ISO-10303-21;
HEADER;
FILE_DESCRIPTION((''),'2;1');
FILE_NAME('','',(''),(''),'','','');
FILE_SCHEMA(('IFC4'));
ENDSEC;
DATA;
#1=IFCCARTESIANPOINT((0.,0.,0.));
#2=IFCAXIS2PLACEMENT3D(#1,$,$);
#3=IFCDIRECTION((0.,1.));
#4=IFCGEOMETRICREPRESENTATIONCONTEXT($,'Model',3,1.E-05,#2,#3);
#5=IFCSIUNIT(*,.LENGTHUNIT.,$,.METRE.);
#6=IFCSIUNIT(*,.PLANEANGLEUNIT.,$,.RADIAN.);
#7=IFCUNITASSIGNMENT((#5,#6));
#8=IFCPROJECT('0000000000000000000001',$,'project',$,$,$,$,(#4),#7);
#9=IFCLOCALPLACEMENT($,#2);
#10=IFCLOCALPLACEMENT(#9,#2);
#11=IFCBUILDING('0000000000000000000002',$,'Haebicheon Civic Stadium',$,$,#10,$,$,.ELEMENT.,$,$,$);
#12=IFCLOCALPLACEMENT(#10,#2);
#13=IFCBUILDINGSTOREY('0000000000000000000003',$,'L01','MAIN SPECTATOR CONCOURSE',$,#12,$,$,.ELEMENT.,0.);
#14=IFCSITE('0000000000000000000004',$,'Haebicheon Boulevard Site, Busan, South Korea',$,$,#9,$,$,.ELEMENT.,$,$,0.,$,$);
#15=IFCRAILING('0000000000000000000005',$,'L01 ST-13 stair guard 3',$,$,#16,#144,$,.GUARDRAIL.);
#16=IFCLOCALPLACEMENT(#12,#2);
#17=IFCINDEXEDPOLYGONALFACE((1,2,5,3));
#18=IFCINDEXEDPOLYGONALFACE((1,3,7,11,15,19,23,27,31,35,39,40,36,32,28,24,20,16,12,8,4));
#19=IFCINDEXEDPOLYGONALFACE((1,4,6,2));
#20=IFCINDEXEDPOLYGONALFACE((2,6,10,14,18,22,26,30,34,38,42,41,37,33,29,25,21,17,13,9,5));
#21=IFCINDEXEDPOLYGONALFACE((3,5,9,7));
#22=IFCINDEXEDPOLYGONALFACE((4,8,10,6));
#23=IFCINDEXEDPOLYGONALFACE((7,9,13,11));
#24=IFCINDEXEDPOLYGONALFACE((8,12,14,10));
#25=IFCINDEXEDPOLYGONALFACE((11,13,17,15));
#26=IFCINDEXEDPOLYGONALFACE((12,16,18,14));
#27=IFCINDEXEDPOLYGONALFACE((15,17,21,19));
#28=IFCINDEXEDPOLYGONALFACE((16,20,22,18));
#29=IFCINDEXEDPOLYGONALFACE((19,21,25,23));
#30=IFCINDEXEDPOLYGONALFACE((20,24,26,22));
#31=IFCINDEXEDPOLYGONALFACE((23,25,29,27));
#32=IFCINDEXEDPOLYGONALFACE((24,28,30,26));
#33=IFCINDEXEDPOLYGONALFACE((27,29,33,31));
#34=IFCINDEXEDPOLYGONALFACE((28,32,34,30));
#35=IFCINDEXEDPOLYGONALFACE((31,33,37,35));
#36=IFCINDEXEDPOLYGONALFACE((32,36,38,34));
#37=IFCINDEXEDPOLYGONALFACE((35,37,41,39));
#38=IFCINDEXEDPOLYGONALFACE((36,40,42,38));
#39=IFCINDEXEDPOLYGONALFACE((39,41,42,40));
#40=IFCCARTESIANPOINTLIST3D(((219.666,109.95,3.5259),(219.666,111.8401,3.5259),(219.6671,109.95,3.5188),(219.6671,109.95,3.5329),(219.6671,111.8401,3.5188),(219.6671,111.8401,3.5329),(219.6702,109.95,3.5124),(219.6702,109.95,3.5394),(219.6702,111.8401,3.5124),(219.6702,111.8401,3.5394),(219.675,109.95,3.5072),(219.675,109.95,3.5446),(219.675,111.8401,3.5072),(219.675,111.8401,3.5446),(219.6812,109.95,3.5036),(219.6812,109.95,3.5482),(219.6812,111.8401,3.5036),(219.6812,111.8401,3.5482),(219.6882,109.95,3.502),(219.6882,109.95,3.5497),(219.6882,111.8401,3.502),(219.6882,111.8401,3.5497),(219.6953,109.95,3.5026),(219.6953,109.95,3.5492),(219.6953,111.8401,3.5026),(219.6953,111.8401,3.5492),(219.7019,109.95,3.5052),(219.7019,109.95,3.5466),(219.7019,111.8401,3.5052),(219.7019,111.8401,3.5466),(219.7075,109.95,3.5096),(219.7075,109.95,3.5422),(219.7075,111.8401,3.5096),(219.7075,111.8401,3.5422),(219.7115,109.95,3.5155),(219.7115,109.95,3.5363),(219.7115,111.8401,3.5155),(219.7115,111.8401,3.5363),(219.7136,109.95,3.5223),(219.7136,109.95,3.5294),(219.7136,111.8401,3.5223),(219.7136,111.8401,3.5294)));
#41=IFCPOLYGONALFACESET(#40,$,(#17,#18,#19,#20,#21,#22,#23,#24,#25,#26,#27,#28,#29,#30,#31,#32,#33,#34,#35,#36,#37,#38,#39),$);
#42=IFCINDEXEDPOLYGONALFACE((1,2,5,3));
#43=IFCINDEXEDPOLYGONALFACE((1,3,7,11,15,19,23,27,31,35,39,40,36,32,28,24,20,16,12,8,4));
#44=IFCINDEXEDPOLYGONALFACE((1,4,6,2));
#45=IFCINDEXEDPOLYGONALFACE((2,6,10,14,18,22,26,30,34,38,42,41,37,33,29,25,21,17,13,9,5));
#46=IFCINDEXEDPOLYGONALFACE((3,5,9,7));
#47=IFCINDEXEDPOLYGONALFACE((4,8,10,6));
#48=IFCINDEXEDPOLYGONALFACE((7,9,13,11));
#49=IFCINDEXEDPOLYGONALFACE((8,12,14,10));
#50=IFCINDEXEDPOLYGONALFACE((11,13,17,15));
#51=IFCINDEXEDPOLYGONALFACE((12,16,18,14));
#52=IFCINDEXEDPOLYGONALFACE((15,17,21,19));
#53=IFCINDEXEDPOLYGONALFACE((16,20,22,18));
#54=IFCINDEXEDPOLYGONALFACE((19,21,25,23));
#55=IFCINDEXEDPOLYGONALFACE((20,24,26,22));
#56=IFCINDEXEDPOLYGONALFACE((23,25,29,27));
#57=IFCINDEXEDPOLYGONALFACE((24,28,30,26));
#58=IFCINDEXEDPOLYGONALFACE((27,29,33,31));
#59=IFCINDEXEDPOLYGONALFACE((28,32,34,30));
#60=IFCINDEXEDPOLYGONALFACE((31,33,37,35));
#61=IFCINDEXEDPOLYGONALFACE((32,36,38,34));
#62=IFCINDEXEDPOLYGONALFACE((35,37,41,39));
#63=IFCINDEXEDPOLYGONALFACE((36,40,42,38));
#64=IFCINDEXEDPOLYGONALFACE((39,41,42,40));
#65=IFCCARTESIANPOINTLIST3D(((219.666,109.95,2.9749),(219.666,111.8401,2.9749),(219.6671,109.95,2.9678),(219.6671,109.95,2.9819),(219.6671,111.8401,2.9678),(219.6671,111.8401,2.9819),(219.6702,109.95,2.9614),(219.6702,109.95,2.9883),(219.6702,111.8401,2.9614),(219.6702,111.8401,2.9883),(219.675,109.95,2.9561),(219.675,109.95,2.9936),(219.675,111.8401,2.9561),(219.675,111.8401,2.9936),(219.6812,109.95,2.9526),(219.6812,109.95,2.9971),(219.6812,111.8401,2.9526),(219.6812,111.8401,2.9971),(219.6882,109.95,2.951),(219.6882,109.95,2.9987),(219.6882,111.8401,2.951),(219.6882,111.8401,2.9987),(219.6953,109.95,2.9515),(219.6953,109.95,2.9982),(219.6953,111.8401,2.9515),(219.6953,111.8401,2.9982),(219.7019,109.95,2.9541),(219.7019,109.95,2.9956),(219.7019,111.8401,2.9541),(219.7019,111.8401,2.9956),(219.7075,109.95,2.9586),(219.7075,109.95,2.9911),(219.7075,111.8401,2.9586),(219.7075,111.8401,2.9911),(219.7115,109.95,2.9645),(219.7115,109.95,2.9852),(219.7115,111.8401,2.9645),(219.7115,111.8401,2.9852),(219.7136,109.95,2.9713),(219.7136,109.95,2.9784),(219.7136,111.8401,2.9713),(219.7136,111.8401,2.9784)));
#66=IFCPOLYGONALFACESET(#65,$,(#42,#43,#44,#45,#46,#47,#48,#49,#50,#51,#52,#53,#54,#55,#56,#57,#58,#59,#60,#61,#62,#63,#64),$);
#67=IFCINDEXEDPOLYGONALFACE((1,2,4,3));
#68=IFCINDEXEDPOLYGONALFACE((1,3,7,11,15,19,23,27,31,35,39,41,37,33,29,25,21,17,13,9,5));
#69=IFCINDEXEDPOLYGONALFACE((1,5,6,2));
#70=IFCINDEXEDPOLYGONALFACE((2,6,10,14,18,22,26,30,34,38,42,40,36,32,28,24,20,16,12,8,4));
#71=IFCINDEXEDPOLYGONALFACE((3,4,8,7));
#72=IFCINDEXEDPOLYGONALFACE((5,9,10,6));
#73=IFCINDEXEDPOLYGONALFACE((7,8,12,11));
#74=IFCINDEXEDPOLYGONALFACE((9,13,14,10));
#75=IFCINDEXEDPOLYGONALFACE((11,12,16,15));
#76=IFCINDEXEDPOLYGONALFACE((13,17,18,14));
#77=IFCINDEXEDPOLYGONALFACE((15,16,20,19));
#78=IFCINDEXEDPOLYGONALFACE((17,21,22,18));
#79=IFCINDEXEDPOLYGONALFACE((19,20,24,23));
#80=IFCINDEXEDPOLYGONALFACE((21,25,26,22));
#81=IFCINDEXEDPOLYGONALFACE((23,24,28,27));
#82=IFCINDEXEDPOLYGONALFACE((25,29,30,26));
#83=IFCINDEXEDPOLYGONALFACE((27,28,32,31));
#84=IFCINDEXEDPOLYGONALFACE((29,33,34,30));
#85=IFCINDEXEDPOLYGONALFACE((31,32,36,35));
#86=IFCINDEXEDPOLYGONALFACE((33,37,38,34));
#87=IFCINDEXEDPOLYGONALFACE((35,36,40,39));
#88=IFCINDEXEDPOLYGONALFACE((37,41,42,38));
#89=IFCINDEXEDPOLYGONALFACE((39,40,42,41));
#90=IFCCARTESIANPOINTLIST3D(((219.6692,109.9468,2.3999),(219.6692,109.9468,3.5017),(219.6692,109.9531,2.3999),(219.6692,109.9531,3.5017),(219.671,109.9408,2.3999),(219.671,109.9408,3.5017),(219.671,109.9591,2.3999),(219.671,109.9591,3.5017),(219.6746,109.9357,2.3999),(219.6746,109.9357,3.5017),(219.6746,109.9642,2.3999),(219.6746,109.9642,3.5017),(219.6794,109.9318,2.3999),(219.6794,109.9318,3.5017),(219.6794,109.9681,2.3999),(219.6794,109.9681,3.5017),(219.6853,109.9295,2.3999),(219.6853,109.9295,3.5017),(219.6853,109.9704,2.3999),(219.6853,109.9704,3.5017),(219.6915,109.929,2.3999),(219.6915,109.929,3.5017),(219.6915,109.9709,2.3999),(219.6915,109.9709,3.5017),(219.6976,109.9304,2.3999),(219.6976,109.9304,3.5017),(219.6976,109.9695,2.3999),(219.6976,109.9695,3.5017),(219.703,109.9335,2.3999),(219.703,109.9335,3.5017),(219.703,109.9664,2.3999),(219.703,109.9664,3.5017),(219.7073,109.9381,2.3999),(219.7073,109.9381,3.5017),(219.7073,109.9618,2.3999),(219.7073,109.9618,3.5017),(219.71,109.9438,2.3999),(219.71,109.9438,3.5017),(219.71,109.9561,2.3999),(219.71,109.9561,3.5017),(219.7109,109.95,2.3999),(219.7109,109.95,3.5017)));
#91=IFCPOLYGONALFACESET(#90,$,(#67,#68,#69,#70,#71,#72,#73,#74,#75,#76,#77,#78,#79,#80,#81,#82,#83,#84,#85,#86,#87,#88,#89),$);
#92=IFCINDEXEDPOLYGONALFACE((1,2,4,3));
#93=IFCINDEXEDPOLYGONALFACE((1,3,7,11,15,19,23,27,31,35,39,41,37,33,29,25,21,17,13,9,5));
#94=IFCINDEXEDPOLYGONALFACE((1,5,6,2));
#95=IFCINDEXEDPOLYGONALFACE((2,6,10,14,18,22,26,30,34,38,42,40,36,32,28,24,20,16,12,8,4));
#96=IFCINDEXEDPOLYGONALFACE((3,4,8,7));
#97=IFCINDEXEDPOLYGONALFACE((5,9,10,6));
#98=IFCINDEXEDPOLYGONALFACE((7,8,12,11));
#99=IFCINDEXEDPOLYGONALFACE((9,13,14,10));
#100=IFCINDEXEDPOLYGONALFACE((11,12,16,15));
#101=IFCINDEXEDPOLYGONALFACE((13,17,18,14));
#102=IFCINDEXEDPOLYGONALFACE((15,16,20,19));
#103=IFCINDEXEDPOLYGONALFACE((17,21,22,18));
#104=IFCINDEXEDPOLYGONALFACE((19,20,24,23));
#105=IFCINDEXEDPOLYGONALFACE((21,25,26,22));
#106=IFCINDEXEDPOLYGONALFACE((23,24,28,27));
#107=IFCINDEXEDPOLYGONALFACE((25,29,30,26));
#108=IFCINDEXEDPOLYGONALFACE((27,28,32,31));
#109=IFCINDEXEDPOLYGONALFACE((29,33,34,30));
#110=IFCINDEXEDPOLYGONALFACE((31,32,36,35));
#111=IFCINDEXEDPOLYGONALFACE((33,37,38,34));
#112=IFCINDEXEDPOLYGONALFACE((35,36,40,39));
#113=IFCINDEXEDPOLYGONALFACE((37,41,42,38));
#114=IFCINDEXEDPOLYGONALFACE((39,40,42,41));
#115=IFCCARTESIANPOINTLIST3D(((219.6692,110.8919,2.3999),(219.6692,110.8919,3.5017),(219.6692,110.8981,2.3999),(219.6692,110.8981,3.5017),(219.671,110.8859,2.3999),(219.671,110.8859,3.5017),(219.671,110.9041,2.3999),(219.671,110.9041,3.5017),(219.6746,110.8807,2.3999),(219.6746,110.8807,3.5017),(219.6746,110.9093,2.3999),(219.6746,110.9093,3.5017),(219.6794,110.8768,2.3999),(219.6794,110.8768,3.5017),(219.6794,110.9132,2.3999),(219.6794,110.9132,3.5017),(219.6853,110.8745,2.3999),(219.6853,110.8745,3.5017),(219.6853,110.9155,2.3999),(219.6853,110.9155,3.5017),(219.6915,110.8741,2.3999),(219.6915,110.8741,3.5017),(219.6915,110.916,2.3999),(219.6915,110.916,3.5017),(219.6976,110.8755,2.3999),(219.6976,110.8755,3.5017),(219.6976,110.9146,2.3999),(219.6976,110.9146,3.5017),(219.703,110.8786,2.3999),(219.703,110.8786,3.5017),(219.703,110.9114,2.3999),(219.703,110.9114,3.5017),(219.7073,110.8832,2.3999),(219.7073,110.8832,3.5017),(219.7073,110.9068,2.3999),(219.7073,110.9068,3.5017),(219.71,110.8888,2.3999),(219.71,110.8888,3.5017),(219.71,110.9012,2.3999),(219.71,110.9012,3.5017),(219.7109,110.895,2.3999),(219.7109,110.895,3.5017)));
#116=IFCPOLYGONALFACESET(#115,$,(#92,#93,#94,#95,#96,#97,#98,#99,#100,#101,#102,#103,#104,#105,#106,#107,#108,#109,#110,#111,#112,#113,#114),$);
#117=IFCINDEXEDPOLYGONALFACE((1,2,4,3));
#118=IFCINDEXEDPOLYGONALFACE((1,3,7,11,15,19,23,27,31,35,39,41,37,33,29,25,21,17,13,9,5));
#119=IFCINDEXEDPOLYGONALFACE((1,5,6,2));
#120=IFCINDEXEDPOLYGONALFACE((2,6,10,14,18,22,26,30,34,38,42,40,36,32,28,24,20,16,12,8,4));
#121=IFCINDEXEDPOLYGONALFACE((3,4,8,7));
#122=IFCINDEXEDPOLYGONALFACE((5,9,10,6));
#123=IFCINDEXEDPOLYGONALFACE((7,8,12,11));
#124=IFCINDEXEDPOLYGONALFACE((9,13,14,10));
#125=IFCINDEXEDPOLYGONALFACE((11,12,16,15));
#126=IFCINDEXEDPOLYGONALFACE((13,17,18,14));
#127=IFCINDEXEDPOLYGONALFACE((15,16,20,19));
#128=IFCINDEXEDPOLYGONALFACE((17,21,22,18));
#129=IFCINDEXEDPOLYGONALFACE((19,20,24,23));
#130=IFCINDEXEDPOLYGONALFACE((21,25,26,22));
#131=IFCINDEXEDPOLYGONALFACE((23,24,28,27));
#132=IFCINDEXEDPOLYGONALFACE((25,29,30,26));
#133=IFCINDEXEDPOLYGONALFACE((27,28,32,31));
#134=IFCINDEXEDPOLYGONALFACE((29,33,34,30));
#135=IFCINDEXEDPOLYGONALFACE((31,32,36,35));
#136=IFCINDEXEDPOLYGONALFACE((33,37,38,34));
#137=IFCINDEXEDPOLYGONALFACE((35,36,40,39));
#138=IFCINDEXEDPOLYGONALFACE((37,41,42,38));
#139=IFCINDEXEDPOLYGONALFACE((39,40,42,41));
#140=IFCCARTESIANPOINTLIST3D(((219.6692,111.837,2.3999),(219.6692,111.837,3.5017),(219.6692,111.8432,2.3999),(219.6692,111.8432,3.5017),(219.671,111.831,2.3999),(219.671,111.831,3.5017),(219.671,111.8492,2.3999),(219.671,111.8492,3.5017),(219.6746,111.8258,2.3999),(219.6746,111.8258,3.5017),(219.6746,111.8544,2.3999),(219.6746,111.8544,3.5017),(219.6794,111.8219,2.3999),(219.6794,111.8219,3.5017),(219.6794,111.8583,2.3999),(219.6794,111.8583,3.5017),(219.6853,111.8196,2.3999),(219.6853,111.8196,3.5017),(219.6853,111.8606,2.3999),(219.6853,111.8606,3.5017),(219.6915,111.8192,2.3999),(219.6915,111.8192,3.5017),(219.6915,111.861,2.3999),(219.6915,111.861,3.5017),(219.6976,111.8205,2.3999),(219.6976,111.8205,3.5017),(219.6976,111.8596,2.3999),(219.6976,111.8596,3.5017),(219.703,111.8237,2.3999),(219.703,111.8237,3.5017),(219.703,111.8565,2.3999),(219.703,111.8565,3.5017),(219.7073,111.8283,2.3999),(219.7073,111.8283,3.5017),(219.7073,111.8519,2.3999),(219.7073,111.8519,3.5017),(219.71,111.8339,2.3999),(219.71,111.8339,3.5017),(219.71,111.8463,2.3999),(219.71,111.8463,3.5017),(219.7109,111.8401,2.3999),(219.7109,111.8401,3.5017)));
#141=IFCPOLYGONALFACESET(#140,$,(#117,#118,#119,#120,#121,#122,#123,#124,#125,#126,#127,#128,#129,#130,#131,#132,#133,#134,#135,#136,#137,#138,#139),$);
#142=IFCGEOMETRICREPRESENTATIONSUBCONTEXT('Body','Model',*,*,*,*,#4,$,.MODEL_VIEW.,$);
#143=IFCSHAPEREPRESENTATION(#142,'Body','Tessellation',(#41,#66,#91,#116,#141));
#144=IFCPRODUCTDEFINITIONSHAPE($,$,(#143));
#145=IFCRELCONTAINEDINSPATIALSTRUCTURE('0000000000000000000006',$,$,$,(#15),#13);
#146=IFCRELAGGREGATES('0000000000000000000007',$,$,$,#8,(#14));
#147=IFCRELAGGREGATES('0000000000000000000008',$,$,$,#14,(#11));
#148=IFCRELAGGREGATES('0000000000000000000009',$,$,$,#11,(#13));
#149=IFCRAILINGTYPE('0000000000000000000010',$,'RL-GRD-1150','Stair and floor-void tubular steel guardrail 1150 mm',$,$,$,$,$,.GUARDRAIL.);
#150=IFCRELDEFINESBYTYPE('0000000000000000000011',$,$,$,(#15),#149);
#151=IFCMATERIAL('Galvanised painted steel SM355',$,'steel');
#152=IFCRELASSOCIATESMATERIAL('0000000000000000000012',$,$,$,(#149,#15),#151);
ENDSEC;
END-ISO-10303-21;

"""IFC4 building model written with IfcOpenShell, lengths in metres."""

from ifc_helpers import new_model, si_unit, direction, frame, origin, origin_2d, place, context, subcontext, project, spatial, circle, extrude, material, type_object, element, save


model = new_model("IFC4")

# Units and contexts
model_context = context("Model", 3, precision=1e-05, world=origin(), true_north=direction((0.0, 1.0)))
body_context = subcontext(model_context, "Body", "Model", "MODEL_VIEW")
ifc_project = project(units=[si_unit("LENGTHUNIT", "METRE"), si_unit("PLANEANGLEUNIT", "RADIAN")], contexts=[model_context])

# Site, building, storey
site_placement = place(None, origin())
site = spatial("IfcSite", under=ifc_project, at=site_placement, Name="Haebicheon Boulevard Site, Busan, South Korea", CompositionType="ELEMENT", RefElevation=0.0)
building_placement = place(site_placement, origin())
building = spatial("IfcBuilding", under=site, at=building_placement, Name="Haebicheon Civic Stadium", CompositionType="ELEMENT")
storey_placement = place(building_placement, origin())
storey = spatial("IfcBuildingStorey", under=building, at=storey_placement, Name="L01", Description="MAIN SPECTATOR CONCOURSE", CompositionType="ELEMENT", Elevation=0.0)

# Railing
ifc_material_1 = material(Name="Galvanised painted steel SM355", Category="steel")
railing_type_1 = type_object("IfcRailingType", Name="RL-GRD-1150", Description="Stair and floor-void tubular steel guardrail 1150 mm", PredefinedType="GUARDRAIL", material=ifc_material_1)
for number, where, name in (
    (1, (219.6899, 109.95, 2.3999), "L01 ST-13 stair guard 3"),
):
    element("IfcRailing", number, at=place(storey_placement, frame(where)), inside=storey, type_object=railing_type_1, material=ifc_material_1, Name=name, PredefinedType="GUARDRAIL", context=body_context, shape_type="SweptSolid", body=[
        extrude(circle(Radius=0.0239, at=origin_2d()), frame((0.0, 0.0, 1.126), z_axis=(0.0, 1.0, 0.0), x_axis=(-1.0, 0.0, 0.0)), (0.0, 0.0, 1.0), 1.8901),
        extrude(circle(Radius=0.0239, at=origin_2d()), frame((0.0, 0.0, 0.575), z_axis=(0.0, 1.0, 0.0), x_axis=(-1.0, 0.0, 0.0)), (0.0, 0.0, 1.0), 1.8901),
        extrude(circle(Radius=0.021, at=origin_2d()), origin(), (0.0, 0.0, 1.0), 1.1018),
        extrude(circle(Radius=0.021, at=origin_2d()), frame((0.0, 0.9451, 0.0)), (0.0, 0.0, 1.0), 1.1018),
        extrude(circle(Radius=0.021, at=origin_2d()), frame((0.0, 1.8901, 0.0)), (0.0, 0.0, 1.0), 1.1018),
    ])

save(model, "model.ifc")
